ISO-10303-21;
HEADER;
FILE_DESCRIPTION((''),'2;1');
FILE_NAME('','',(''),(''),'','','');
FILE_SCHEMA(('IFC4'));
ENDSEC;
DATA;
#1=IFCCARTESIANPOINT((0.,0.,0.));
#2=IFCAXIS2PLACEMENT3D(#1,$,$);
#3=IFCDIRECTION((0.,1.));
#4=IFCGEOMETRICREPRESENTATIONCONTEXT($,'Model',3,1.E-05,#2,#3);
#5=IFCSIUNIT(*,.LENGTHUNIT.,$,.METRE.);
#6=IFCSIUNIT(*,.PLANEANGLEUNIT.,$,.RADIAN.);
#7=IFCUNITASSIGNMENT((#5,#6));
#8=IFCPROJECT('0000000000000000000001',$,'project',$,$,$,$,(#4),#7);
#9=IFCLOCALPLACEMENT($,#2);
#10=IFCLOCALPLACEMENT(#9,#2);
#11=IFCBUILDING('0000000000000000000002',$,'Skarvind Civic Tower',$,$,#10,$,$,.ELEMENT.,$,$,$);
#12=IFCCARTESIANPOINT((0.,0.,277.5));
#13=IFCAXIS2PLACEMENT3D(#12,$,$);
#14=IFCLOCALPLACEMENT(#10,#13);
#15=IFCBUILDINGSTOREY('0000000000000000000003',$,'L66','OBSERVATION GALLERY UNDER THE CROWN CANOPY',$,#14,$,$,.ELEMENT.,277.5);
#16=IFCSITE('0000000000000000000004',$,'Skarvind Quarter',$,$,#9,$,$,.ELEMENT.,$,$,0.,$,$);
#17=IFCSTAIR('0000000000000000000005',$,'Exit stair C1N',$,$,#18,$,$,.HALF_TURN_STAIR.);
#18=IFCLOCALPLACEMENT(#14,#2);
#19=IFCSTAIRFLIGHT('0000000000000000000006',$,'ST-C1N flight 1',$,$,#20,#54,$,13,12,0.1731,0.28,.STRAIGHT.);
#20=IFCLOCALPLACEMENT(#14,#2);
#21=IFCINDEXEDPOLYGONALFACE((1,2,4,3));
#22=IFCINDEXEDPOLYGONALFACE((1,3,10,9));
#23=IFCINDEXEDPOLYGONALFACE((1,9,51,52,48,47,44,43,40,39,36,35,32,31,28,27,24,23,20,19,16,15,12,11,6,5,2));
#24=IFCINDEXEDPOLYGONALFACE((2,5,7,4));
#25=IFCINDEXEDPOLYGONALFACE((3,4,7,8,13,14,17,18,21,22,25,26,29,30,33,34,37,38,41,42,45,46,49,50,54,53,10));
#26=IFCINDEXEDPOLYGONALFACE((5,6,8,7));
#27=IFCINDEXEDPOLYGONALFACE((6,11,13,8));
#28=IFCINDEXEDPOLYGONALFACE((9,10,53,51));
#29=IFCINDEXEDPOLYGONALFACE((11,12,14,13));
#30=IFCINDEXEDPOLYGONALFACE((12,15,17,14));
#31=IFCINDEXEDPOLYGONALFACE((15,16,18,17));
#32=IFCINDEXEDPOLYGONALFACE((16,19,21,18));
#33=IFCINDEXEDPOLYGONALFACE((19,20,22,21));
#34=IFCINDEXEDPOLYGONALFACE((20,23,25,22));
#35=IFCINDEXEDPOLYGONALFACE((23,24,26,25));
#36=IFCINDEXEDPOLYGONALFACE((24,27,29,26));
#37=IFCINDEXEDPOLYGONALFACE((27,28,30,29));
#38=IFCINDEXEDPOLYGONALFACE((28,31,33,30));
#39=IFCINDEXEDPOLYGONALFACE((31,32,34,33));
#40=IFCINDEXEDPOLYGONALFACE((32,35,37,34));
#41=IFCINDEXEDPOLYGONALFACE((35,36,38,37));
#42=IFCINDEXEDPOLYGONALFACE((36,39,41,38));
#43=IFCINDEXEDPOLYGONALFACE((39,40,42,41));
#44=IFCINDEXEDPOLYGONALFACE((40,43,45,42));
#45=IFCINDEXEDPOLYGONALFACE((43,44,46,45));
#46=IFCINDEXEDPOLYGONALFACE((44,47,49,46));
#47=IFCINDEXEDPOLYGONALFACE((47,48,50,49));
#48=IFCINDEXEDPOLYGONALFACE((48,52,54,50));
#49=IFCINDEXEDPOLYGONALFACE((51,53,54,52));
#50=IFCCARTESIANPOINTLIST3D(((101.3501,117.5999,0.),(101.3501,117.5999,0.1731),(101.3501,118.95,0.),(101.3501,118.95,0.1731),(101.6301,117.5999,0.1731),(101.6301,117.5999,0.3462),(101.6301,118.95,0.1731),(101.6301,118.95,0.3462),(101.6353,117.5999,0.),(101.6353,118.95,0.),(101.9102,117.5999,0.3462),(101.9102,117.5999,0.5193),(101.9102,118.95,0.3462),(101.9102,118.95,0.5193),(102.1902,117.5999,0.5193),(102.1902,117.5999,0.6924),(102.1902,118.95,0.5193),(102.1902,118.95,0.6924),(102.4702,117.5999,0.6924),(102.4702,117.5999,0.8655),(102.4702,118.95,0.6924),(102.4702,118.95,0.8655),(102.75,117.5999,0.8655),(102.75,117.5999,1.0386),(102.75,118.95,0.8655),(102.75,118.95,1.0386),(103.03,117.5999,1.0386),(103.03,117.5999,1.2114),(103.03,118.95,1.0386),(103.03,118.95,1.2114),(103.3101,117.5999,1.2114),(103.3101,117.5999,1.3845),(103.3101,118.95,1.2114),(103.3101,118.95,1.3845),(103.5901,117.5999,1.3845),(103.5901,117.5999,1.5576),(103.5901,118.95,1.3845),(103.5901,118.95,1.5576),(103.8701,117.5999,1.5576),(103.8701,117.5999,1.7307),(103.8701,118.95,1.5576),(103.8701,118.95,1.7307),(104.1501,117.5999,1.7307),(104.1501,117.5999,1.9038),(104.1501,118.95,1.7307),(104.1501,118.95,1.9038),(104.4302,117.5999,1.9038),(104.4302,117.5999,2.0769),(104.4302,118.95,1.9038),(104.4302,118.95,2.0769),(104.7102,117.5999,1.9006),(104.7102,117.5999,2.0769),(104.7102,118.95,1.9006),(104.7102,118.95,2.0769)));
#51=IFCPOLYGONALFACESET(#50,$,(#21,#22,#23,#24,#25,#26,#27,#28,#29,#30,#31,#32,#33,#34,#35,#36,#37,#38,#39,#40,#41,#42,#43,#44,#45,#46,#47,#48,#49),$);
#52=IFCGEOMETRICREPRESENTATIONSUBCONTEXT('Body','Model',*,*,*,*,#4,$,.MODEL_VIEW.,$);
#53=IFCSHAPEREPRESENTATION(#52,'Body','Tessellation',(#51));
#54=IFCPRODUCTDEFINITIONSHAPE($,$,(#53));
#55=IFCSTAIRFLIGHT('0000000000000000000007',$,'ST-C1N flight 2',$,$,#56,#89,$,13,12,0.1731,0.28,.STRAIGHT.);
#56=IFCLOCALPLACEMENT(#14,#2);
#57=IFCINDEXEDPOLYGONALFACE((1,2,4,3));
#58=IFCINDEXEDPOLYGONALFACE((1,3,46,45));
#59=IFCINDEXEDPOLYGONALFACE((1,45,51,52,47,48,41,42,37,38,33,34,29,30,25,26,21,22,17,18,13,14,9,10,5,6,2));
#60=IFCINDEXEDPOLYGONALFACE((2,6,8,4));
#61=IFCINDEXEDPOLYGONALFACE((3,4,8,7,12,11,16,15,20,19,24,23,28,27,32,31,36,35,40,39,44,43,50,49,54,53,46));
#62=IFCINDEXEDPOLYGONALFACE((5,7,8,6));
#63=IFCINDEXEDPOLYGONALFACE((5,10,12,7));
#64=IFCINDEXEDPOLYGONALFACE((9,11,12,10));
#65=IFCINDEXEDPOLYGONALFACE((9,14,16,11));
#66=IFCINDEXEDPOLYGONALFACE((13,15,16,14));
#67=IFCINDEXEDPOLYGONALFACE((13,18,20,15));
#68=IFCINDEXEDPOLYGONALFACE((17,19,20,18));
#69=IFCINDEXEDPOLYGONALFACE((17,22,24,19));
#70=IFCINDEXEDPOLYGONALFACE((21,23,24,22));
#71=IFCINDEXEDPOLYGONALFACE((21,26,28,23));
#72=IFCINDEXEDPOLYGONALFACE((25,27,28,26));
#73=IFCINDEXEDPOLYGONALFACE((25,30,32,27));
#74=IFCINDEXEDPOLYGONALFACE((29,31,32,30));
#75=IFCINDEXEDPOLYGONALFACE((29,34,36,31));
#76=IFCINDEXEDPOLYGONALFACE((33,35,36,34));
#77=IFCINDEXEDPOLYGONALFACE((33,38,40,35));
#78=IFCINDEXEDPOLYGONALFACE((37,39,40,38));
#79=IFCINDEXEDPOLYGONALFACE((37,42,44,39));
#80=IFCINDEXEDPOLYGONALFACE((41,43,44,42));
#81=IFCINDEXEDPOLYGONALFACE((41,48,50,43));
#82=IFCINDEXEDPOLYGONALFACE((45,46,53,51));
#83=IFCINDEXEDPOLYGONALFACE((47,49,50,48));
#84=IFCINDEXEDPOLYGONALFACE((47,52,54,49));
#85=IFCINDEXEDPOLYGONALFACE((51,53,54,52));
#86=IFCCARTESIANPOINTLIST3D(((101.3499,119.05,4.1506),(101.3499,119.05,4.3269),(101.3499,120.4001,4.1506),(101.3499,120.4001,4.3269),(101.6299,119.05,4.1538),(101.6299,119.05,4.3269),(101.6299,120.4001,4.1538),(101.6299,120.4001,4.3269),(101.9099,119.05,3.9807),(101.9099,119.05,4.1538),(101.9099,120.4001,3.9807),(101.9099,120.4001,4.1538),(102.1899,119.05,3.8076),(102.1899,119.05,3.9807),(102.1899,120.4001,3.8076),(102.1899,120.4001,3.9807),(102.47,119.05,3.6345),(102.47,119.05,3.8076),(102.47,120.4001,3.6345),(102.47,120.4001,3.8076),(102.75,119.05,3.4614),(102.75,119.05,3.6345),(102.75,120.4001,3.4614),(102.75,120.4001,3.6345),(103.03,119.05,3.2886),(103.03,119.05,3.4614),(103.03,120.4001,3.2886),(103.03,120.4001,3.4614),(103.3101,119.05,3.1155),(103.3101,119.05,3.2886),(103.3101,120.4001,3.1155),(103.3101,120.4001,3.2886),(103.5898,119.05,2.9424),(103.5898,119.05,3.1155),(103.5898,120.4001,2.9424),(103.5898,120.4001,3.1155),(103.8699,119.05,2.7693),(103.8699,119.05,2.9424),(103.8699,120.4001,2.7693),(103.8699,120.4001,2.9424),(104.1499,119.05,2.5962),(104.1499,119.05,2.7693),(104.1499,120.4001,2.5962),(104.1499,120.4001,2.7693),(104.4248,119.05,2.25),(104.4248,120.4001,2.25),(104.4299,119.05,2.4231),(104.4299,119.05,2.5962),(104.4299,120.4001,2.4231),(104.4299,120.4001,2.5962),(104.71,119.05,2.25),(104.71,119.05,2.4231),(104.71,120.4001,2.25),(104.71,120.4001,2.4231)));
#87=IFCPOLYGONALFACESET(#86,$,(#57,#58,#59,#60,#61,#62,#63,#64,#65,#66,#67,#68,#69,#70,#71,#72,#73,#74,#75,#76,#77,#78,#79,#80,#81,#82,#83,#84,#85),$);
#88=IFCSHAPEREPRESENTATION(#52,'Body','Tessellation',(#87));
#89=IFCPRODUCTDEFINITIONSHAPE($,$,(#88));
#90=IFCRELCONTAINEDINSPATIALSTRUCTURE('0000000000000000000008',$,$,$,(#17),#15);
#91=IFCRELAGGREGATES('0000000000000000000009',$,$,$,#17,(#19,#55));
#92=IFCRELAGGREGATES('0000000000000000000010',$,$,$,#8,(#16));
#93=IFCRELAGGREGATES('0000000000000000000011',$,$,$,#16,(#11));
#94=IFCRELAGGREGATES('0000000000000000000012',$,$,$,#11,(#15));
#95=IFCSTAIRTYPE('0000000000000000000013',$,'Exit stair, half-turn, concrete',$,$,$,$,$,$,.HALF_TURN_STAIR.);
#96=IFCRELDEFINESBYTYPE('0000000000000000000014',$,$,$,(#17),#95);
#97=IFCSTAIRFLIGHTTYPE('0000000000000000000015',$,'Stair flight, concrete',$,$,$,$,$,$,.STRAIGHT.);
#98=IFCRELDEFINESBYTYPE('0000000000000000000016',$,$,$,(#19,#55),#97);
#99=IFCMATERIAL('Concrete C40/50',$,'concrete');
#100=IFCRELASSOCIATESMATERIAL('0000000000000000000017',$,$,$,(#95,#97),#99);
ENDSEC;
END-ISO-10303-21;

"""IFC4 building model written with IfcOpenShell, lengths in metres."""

from ifc_helpers import new_model, si_unit, direction, frame, origin, place, context, subcontext, project, spatial, polyline, outline, extrude, material, type_object, element, aggregate, save


model = new_model("IFC4")

# Units and contexts
model_context = context("Model", 3, precision=1e-05, world=origin(), true_north=direction((0.0, 1.0)))
body_context = subcontext(model_context, "Body", "Model", "MODEL_VIEW")
ifc_project = project(units=[si_unit("LENGTHUNIT", "METRE"), si_unit("PLANEANGLEUNIT", "RADIAN")], contexts=[model_context])

# Site, building, storey
site_placement = place(None, origin())
site = spatial("IfcSite", under=ifc_project, at=site_placement, Name="Skarvind Quarter", CompositionType="ELEMENT", RefElevation=0.0)
building_placement = place(site_placement, origin())
building = spatial("IfcBuilding", under=site, at=building_placement, Name="Skarvind Civic Tower", CompositionType="ELEMENT")
storey_placement = place(building_placement, frame((0.0, 0.0, 277.5)))
storey = spatial("IfcBuildingStorey", under=building, at=storey_placement, Name="L66", Description="OBSERVATION GALLERY UNDER THE CROWN CANOPY", CompositionType="ELEMENT", Elevation=277.5)

# Stair, stair flights
ifc_material_1 = material(Name="Concrete C40/50", Category="concrete")
stair_type = type_object("IfcStairType", Name="Exit stair, half-turn, concrete", PredefinedType="HALF_TURN_STAIR", material=ifc_material_1)
stair_placement = place(storey_placement, origin())
stair = element("IfcStair", 1, at=stair_placement, inside=storey, type_object=stair_type, Name="Exit stair C1N", PredefinedType="HALF_TURN_STAIR")
stair_flight_type = type_object("IfcStairFlightType", Name="Stair flight, concrete", PredefinedType="STRAIGHT", material=ifc_material_1)
stair_flight_1_placement = place(storey_placement, frame((101.3501, 118.2749, 0.0), z_axis=(0.0, 0.0, 1.0), x_axis=(1.0, 0.0, 0.0)))
stair_flight_1 = element("IfcStairFlight", 2, at=stair_flight_1_placement, type_object=stair_flight_type, Name="ST-C1N flight 1", NumberOfRisers=13, NumberOfTreads=12, PredefinedType="STRAIGHT", RiserHeight=0.1731, TreadLength=0.28, context=body_context, shape_type="SweptSolid", body=[
    extrude(outline(polyline([(0.0, 0.0), (0.0, 0.1731), (0.28, 0.1731), (0.28, 0.3462), (0.5601, 0.3462), (0.5601, 0.5193), (0.8401, 0.5193), (0.8401, 0.6924), (1.1201, 0.6924), (1.1201, 0.8655), (1.3999, 0.8655), (1.3999, 1.0386), (1.6799, 1.0386), (1.6799, 1.2114), (1.96, 1.2114), (1.96, 1.3845), (2.24, 1.3845), (2.24, 1.5576), (2.52, 1.5576), (2.52, 1.7307), (2.8, 1.7307), (2.8, 1.9038), (3.0801, 1.9038), (3.0801, 2.0769), (3.3601, 2.0769), (3.3601, 2.25), (3.3601, 1.9006), (0.2852, 0.0), (0.0, 0.0)])), frame((0.0, 0.675, 0.0), z_axis=(0.0, -1.0, 0.0), x_axis=(1.0, 0.0, 0.0)), (0.0, 0.0, 1.0), 1.3501),
])
stair_flight_2_placement = place(storey_placement, frame((104.71, 119.7251, 2.25), z_axis=(0.0, 0.0, 1.0), x_axis=(-1.0, 0.0, 0.0)))
stair_flight_2 = element("IfcStairFlight", 3, at=stair_flight_2_placement, type_object=stair_flight_type, Name="ST-C1N flight 2", NumberOfRisers=13, NumberOfTreads=12, PredefinedType="STRAIGHT", RiserHeight=0.1731, TreadLength=0.28, context=body_context, shape_type="SweptSolid", body=[
    extrude(outline(polyline([(0.0, 0.0), (0.0, 0.1731), (0.28, 0.1731), (0.28, 0.3462), (0.5601, 0.3462), (0.5601, 0.5193), (0.8401, 0.5193), (0.8401, 0.6924), (1.1201, 0.6924), (1.1201, 0.8655), (1.3999, 0.8655), (1.3999, 1.0386), (1.6799, 1.0386), (1.6799, 1.2114), (1.96, 1.2114), (1.96, 1.3845), (2.24, 1.3845), (2.24, 1.5576), (2.52, 1.5576), (2.52, 1.7307), (2.8, 1.7307), (2.8, 1.9038), (3.0801, 1.9038), (3.0801, 2.0769), (3.3601, 2.0769), (3.3601, 2.25), (3.3601, 1.9006), (0.2852, 0.0), (0.0, 0.0)])), frame((0.0, 0.675, 0.0), z_axis=(0.0, -1.0, 0.0), x_axis=(1.0, 0.0, 0.0)), (0.0, 0.0, 1.0), 1.3501),
])
aggregate(stair, [stair_flight_1, stair_flight_2])

save(model, "model.ifc")
